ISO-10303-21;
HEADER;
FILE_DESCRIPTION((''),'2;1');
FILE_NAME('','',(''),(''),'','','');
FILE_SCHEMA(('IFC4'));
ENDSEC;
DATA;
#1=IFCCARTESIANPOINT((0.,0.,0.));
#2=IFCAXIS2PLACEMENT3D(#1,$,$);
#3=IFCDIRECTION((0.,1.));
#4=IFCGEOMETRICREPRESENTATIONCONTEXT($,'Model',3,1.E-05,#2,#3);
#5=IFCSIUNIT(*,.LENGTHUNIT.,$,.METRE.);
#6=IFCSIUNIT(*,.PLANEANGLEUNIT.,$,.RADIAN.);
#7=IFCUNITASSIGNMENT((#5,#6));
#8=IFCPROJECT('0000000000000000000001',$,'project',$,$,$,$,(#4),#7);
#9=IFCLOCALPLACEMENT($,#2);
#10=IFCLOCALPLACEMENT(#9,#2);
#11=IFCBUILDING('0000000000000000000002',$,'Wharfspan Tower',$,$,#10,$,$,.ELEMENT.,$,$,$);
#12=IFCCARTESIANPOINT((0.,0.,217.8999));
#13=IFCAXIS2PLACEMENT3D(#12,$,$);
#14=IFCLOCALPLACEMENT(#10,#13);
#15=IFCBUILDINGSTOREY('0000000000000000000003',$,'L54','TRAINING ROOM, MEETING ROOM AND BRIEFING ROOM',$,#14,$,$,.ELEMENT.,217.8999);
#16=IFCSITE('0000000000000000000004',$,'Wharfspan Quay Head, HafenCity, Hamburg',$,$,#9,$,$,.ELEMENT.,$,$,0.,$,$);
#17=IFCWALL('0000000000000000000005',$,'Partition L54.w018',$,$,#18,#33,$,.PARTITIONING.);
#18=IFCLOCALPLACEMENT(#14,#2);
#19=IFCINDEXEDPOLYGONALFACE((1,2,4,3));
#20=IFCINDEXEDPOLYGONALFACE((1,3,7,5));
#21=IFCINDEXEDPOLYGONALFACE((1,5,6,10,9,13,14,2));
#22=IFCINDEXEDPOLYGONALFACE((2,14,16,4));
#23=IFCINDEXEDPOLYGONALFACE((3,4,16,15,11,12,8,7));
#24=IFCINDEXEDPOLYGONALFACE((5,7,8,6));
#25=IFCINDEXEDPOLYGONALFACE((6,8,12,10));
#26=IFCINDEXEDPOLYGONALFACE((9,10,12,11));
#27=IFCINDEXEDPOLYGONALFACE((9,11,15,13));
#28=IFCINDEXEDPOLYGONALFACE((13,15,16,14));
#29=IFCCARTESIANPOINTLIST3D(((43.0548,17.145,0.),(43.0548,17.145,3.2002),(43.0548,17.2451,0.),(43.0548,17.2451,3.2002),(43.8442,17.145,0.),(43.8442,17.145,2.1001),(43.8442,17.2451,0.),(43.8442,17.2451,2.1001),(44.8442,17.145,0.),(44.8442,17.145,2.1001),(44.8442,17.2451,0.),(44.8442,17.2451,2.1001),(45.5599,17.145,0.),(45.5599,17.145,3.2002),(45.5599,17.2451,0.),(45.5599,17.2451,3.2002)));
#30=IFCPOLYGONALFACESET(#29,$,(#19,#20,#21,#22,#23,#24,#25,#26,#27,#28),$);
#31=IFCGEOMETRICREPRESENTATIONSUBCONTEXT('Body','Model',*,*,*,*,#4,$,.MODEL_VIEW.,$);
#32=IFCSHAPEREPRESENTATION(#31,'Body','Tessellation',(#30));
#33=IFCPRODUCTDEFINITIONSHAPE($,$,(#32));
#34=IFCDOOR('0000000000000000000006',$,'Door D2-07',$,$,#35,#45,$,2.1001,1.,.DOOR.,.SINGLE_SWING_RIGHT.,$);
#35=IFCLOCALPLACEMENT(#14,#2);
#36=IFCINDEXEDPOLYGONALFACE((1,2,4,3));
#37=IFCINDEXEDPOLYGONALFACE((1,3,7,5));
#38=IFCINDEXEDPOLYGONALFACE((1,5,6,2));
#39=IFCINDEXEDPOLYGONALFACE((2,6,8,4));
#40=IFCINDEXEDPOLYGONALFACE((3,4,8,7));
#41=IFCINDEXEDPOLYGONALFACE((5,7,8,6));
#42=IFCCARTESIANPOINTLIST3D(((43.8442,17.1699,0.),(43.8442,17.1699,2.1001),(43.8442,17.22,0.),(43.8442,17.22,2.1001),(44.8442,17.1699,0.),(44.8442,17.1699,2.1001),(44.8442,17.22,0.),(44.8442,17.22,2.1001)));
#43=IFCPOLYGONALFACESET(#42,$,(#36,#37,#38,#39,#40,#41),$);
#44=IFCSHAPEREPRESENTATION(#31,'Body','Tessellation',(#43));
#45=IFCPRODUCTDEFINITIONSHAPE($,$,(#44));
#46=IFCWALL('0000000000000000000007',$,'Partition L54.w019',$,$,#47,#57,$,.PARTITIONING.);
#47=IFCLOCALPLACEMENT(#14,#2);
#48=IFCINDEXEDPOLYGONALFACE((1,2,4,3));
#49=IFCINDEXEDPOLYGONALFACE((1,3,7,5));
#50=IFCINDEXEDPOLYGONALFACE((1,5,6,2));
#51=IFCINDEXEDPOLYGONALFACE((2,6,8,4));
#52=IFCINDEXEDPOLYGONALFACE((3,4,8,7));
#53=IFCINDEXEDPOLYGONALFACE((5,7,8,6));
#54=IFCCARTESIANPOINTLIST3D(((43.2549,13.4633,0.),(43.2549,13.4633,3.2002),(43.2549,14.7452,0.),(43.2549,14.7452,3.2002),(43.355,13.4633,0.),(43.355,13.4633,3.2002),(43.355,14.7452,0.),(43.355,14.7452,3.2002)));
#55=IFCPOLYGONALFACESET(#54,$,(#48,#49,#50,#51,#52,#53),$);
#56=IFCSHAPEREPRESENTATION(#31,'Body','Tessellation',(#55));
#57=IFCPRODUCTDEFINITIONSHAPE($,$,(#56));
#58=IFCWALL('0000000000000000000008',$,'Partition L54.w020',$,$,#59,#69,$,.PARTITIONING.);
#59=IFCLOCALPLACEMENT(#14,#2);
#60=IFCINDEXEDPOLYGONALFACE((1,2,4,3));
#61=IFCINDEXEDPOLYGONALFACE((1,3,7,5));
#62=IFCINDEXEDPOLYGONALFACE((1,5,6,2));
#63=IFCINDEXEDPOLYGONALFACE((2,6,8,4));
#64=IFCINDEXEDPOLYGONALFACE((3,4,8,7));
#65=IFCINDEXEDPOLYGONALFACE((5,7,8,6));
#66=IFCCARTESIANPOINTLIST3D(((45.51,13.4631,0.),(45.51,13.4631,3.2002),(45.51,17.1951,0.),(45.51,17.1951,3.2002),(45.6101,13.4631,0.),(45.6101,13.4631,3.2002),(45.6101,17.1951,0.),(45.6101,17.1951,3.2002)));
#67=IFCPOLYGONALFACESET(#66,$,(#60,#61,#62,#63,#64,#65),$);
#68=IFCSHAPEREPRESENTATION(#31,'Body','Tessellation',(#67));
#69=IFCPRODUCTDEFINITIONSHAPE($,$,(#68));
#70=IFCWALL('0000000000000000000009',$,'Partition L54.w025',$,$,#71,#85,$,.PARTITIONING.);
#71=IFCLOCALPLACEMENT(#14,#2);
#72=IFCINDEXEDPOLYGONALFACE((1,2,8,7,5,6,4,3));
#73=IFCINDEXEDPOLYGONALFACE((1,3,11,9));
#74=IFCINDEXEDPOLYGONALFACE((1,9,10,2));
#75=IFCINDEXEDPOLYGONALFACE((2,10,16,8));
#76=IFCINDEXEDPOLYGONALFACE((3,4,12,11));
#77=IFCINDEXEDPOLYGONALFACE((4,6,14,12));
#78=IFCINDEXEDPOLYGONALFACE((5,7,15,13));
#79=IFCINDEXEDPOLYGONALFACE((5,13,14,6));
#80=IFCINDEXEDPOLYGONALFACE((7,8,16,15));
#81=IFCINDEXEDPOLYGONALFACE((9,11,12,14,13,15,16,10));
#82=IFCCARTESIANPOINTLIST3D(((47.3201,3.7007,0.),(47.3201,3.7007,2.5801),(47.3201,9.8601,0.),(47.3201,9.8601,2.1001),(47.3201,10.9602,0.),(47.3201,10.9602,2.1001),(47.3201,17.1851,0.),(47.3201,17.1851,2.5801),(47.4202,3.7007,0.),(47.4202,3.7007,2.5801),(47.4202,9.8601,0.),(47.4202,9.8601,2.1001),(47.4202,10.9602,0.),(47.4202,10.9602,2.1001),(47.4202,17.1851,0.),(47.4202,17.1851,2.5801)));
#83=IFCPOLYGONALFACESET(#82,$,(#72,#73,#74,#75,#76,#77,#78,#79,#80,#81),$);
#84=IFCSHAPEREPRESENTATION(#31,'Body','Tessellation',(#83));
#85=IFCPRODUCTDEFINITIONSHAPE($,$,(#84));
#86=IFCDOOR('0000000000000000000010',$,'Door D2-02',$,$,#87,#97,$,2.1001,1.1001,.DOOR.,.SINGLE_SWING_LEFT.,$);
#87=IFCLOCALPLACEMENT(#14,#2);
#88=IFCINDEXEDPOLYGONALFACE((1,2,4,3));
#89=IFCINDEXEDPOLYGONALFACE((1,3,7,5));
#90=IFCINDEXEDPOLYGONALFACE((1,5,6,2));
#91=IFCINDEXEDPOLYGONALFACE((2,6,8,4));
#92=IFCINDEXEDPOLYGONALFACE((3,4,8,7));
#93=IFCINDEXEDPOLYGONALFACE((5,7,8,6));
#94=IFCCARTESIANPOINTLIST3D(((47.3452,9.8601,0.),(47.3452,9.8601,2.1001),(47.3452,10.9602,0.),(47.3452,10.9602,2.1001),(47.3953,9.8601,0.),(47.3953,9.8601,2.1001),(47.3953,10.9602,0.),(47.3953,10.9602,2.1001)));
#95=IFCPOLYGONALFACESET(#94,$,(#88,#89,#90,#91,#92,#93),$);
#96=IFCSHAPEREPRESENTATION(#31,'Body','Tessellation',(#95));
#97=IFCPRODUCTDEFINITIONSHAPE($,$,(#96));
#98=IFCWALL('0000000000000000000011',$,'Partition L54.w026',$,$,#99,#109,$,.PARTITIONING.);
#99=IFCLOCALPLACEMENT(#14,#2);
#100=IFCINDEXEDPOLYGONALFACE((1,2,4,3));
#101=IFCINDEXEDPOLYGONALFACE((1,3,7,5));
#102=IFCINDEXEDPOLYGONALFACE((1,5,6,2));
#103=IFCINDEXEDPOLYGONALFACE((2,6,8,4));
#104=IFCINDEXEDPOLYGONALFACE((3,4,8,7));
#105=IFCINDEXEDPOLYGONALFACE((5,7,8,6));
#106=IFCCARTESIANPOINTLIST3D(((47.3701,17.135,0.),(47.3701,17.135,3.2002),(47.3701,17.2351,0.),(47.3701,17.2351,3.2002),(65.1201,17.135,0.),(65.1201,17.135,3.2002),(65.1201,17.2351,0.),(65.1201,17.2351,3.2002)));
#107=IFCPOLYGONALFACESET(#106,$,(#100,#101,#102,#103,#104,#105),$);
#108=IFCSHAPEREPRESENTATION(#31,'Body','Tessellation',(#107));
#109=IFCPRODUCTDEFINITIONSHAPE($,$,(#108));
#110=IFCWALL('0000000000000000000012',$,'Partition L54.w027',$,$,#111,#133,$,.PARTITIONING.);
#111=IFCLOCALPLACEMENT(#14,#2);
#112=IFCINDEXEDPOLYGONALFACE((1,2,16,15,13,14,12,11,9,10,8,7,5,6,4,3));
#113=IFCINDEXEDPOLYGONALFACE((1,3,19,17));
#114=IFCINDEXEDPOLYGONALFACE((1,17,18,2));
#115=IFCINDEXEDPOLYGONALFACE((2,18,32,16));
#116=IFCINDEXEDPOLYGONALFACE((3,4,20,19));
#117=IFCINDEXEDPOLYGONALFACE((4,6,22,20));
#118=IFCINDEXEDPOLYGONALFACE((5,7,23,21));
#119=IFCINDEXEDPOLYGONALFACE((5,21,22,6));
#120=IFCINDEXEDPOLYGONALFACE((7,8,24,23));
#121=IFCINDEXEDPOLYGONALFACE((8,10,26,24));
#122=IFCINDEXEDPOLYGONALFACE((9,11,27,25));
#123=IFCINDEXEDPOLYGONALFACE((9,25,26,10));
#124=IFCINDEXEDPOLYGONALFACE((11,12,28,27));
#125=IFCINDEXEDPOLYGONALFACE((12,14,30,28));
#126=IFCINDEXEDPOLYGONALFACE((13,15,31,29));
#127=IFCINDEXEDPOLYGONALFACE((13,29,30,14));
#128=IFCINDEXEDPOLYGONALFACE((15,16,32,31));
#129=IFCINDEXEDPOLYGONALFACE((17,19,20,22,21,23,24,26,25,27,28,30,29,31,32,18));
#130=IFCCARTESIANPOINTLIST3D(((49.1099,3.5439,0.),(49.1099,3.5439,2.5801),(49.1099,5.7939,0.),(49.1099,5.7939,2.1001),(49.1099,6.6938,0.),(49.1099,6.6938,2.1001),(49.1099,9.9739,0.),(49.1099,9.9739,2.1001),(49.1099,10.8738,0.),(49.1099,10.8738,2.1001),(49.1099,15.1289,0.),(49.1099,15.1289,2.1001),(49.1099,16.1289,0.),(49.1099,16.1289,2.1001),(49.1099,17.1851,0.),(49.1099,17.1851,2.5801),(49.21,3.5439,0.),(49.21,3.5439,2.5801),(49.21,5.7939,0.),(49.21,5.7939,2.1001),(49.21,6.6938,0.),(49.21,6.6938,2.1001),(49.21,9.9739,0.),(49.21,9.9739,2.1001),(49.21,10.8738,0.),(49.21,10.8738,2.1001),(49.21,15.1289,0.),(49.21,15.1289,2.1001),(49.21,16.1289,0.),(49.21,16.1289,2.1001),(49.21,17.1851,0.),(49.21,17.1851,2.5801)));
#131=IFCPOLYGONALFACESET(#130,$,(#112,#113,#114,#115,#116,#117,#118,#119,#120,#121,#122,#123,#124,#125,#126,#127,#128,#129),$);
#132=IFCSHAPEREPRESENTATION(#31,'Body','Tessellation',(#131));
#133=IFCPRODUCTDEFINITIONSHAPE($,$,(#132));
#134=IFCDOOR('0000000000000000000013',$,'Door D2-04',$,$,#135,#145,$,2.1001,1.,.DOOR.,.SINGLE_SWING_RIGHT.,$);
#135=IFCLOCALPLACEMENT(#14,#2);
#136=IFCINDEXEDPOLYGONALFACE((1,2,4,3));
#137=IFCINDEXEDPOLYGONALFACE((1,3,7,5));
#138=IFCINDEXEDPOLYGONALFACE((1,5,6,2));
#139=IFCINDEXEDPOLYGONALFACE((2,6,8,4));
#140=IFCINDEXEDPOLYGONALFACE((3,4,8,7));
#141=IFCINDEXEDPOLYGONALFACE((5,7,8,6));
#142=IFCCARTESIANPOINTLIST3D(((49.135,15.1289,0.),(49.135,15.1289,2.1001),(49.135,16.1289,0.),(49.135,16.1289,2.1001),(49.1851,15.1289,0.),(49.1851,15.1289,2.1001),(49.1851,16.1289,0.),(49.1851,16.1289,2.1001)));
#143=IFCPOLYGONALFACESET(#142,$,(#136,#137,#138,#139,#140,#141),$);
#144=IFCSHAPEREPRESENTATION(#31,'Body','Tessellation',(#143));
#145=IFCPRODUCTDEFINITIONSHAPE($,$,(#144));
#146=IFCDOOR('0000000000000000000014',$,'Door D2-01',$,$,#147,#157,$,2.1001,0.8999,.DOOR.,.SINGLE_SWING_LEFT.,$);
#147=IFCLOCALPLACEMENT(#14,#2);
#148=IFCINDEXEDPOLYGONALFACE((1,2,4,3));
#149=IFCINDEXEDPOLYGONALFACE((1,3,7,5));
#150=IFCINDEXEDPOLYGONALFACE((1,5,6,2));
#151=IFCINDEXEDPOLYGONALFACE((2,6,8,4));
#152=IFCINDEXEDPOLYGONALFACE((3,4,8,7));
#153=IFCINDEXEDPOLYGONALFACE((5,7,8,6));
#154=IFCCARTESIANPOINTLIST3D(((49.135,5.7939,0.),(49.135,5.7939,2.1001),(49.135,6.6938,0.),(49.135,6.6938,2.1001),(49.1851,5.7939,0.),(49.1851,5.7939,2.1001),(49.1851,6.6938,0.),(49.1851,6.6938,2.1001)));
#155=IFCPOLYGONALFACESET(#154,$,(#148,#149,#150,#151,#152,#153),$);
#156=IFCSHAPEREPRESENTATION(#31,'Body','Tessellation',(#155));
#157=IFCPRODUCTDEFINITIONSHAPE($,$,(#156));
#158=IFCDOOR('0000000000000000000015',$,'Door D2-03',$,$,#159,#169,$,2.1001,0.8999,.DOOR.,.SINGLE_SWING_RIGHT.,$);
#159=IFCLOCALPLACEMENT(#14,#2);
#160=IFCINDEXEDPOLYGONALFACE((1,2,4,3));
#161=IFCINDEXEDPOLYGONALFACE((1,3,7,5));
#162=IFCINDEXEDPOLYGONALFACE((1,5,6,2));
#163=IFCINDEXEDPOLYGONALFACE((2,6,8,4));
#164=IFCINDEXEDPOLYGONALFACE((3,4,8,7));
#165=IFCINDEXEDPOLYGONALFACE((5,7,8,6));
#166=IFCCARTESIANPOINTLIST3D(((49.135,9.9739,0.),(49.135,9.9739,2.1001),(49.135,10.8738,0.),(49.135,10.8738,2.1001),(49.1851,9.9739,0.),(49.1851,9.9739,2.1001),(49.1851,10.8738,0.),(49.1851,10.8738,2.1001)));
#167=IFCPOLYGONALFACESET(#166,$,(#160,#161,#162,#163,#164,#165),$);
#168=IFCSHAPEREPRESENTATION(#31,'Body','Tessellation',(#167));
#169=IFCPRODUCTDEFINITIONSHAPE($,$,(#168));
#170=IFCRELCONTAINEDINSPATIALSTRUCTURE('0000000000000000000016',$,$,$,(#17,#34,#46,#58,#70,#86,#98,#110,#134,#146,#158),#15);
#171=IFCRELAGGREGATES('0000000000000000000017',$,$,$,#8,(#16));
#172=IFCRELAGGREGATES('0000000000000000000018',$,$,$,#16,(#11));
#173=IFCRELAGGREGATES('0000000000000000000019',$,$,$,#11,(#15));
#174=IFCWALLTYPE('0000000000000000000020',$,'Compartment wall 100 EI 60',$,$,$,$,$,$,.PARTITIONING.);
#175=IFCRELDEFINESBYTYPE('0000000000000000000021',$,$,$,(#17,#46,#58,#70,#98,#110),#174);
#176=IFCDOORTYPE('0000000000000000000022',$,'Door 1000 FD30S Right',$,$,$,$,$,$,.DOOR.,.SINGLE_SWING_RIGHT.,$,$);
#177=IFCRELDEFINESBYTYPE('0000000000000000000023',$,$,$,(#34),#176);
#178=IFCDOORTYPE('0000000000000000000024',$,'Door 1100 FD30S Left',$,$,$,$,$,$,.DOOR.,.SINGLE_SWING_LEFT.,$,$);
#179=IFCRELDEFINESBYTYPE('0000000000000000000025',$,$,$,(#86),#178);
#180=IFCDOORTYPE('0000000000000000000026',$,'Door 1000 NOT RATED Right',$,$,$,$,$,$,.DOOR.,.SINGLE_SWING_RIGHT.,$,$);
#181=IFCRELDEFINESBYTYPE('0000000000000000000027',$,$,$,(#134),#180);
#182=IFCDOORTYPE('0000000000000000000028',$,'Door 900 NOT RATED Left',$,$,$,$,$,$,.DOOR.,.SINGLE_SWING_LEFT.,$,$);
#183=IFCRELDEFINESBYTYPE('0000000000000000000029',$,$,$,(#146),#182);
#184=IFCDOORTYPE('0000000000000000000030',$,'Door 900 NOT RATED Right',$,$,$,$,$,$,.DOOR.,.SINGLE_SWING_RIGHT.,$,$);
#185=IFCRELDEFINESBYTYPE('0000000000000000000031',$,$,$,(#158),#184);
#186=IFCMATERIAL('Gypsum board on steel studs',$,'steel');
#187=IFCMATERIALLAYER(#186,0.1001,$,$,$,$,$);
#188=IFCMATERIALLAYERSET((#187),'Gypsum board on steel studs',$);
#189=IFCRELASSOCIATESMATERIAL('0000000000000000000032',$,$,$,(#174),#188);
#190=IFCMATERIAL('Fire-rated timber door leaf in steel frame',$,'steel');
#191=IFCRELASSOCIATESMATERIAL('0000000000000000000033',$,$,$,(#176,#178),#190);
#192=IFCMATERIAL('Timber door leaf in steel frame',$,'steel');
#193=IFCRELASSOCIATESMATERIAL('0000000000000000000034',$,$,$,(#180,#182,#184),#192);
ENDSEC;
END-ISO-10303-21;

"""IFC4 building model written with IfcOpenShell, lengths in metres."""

from ifc_helpers import new_model, si_unit, direction, frame, frame_2d, origin, place, context, subcontext, project, spatial, rectangle, extrude, material, layer, layer_set, type_object, element, fill, save


model = new_model("IFC4")

# Units and contexts
model_context = context("Model", 3, precision=1e-05, world=origin(), true_north=direction((0.0, 1.0)))
body_context = subcontext(model_context, "Body", "Model", "MODEL_VIEW")
ifc_project = project(units=[si_unit("LENGTHUNIT", "METRE"), si_unit("PLANEANGLEUNIT", "RADIAN")], contexts=[model_context])

# Site, building, storey
site_placement = place(None, origin())
site = spatial("IfcSite", under=ifc_project, at=site_placement, Name="Wharfspan Quay Head, HafenCity, Hamburg", CompositionType="ELEMENT", RefElevation=0.0)
building_placement = place(site_placement, origin())
building = spatial("IfcBuilding", under=site, at=building_placement, Name="Wharfspan Tower", CompositionType="ELEMENT")
storey_placement = place(building_placement, frame((0.0, 0.0, 217.8999)))
storey = spatial("IfcBuildingStorey", under=building, at=storey_placement, Name="L54", Description="TRAINING ROOM, MEETING ROOM AND BRIEFING ROOM", CompositionType="ELEMENT", Elevation=217.8999)

# Shared definitions
ifc_material_1 = material(Name="Gypsum board on steel studs", Category="steel")
ifc_layer_1 = layer(ifc_material_1, 0.1001)
ifc_layer_set_1 = layer_set([ifc_layer_1], Name="Gypsum board on steel studs")
wall_type_1 = type_object("IfcWallType", Name="Compartment wall 100 EI 60", PredefinedType="PARTITIONING", material=ifc_layer_set_1)

# Wall, opening, door
wall_1_placement = place(storey_placement, frame((43.0549, 17.1951, 0.0), z_axis=(0.0, 0.0, 1.0), x_axis=(1.0, 0.0, 0.0)))
wall_1 = element("IfcWall", 1, at=wall_1_placement, inside=storey, type_object=wall_type_1, Name="Partition L54.w018", PredefinedType="PARTITIONING", context=body_context, shape_type="SweptSolid", body=[
    extrude(rectangle(XDim=2.5051, YDim=0.1001, at=frame_2d((1.2524, 0.0))), origin(), (0.0, 0.0, 1.0), 3.2002),
])
opening_1_placement = place(wall_1_placement, frame((0.7893, 0.0, 0.0)))
opening_1 = element("IfcOpeningElement", 2, at=opening_1_placement, cuts=wall_1, PredefinedType="OPENING", context=body_context, shape_type="SweptSolid", body=[
    extrude(rectangle(XDim=1.0, YDim=2.1001, at=frame_2d((0.5, 1.05))), frame((0.0, 0.0601, 0.0), z_axis=(0.0, -1.0, 0.0), x_axis=(1.0, 0.0, 0.0)), (0.0, 0.0, 1.0), 0.1201),
])
ifc_material_2 = material(Name="Fire-rated timber door leaf in steel frame", Category="steel")
door_type_1 = type_object("IfcDoorType", Name="Door 1000 FD30S Right", OperationType="SINGLE_SWING_RIGHT", PredefinedType="DOOR", material=ifc_material_2)
door_1_placement = place(opening_1_placement, origin())
door_1 = element("IfcDoor", 3, at=door_1_placement, inside=storey, type_object=door_type_1, Name="Door D2-07", OperationType="SINGLE_SWING_RIGHT", OverallHeight=2.1001, OverallWidth=1.0, PredefinedType="DOOR", context=body_context, shape_type="SweptSolid", body=[
    extrude(rectangle(XDim=1.0, YDim=2.1001, at=frame_2d((0.5, 1.05))), frame((0.0, 0.0249, 0.0), z_axis=(0.0, -1.0, 0.0), x_axis=(1.0, 0.0, 0.0)), (0.0, 0.0, 1.0), 0.05),
])
fill(opening_1, door_1)

# Walls
wall_2_placement = place(storey_placement, frame((43.3049, 13.4631, 0.0), z_axis=(0.0, 0.0, 1.0), x_axis=(0.0, 1.0, 0.0)))
element("IfcWall", 4, at=wall_2_placement, inside=storey, type_object=wall_type_1, Name="Partition L54.w019", PredefinedType="PARTITIONING", context=body_context, shape_type="SweptSolid", body=[
    extrude(rectangle(XDim=1.282, YDim=0.1001, at=frame_2d((0.6411, 0.0))), origin(), (0.0, 0.0, 1.0), 3.2002),
])
wall_3_placement = place(storey_placement, frame((45.5601, 13.4631, 0.0), z_axis=(0.0, 0.0, 1.0), x_axis=(0.0, 1.0, 0.0)))
element("IfcWall", 5, at=wall_3_placement, inside=storey, type_object=wall_type_1, Name="Partition L54.w020", PredefinedType="PARTITIONING", context=body_context, shape_type="SweptSolid", body=[
    extrude(rectangle(XDim=3.7319, YDim=0.1001, at=frame_2d((1.866, 0.0))), origin(), (0.0, 0.0, 1.0), 3.2002),
])

# Wall, opening, door
wall_4_placement = place(storey_placement, frame((47.3701, 3.7007, 0.0), z_axis=(0.0, 0.0, 1.0), x_axis=(0.0, 1.0, 0.0)))
wall_4 = element("IfcWall", 6, at=wall_4_placement, inside=storey, type_object=wall_type_1, Name="Partition L54.w025", PredefinedType="PARTITIONING", context=body_context, shape_type="SweptSolid", body=[
    extrude(rectangle(XDim=13.4844, YDim=0.1001, at=frame_2d((6.7422, 0.0))), origin(), (0.0, 0.0, 1.0), 2.5801),
])
opening_2_placement = place(wall_4_placement, frame((6.1594, 0.0, 0.0)))
opening_2 = element("IfcOpeningElement", 7, at=opening_2_placement, cuts=wall_4, PredefinedType="OPENING", context=body_context, shape_type="SweptSolid", body=[
    extrude(rectangle(XDim=1.1001, YDim=2.1001, at=frame_2d((0.55, 1.05))), frame((0.0, 0.0601, 0.0), z_axis=(0.0, -1.0, 0.0), x_axis=(1.0, 0.0, 0.0)), (0.0, 0.0, 1.0), 0.1201),
])
door_type_2 = type_object("IfcDoorType", Name="Door 1100 FD30S Left", OperationType="SINGLE_SWING_LEFT", PredefinedType="DOOR", material=ifc_material_2)
door_2_placement = place(opening_2_placement, origin())
door_2 = element("IfcDoor", 8, at=door_2_placement, inside=storey, type_object=door_type_2, Name="Door D2-02", OperationType="SINGLE_SWING_LEFT", OverallHeight=2.1001, OverallWidth=1.1001, PredefinedType="DOOR", context=body_context, shape_type="SweptSolid", body=[
    extrude(rectangle(XDim=1.1001, YDim=2.1001, at=frame_2d((0.55, 1.05))), frame((0.0, 0.0249, 0.0), z_axis=(0.0, -1.0, 0.0), x_axis=(1.0, 0.0, 0.0)), (0.0, 0.0, 1.0), 0.05),
])
fill(opening_2, door_2)

# Wall
wall_5_placement = place(storey_placement, frame((47.3701, 17.1851, 0.0), z_axis=(0.0, 0.0, 1.0), x_axis=(1.0, 0.0, 0.0)))
element("IfcWall", 9, at=wall_5_placement, inside=storey, type_object=wall_type_1, Name="Partition L54.w026", PredefinedType="PARTITIONING", context=body_context, shape_type="SweptSolid", body=[
    extrude(rectangle(XDim=17.75, YDim=0.1001, at=frame_2d((8.875, 0.0))), origin(), (0.0, 0.0, 1.0), 3.2002),
])

# Wall, openings, doors
wall_6_placement = place(storey_placement, frame((49.1599, 3.5439, 0.0), z_axis=(0.0, 0.0, 1.0), x_axis=(0.0, 1.0, 0.0)))
wall_6 = element("IfcWall", 10, at=wall_6_placement, inside=storey, type_object=wall_type_1, Name="Partition L54.w027", PredefinedType="PARTITIONING", context=body_context, shape_type="SweptSolid", body=[
    extrude(rectangle(XDim=13.6411, YDim=0.1001, at=frame_2d((6.8206, 0.0))), origin(), (0.0, 0.0, 1.0), 2.5801),
])
opening_3_placement = place(wall_6_placement, frame((2.25, 0.0, 0.0)))
opening_3 = element("IfcOpeningElement", 11, at=opening_3_placement, cuts=wall_6, PredefinedType="OPENING", context=body_context, shape_type="SweptSolid", body=[
    extrude(rectangle(XDim=0.8999, YDim=2.1001, at=frame_2d((0.45, 1.05))), frame((0.0, 0.0601, 0.0), z_axis=(0.0, -1.0, 0.0), x_axis=(1.0, 0.0, 0.0)), (0.0, 0.0, 1.0), 0.1201),
])
opening_4_placement = place(wall_6_placement, frame((6.4299, 0.0, 0.0)))
opening_4 = element("IfcOpeningElement", 12, at=opening_4_placement, cuts=wall_6, PredefinedType="OPENING", context=body_context, shape_type="SweptSolid", body=[
    extrude(rectangle(XDim=0.8999, YDim=2.1001, at=frame_2d((0.45, 1.05))), frame((0.0, 0.0601, 0.0), z_axis=(0.0, -1.0, 0.0), x_axis=(1.0, 0.0, 0.0)), (0.0, 0.0, 1.0), 0.1201),
])
opening_5_placement = place(wall_6_placement, frame((11.585, 0.0, 0.0)))
opening_5 = element("IfcOpeningElement", 13, at=opening_5_placement, cuts=wall_6, PredefinedType="OPENING", context=body_context, shape_type="SweptSolid", body=[
    extrude(rectangle(XDim=1.0, YDim=2.1001, at=frame_2d((0.5, 1.05))), frame((0.0, 0.0601, 0.0), z_axis=(0.0, -1.0, 0.0), x_axis=(1.0, 0.0, 0.0)), (0.0, 0.0, 1.0), 0.1201),
])
ifc_material_3 = material(Name="Timber door leaf in steel frame", Category="steel")
door_type_3 = type_object("IfcDoorType", Name="Door 1000 NOT RATED Right", OperationType="SINGLE_SWING_RIGHT", PredefinedType="DOOR", material=ifc_material_3)
door_3_placement = place(opening_5_placement, origin())
door_3 = element("IfcDoor", 14, at=door_3_placement, inside=storey, type_object=door_type_3, Name="Door D2-04", OperationType="SINGLE_SWING_RIGHT", OverallHeight=2.1001, OverallWidth=1.0, PredefinedType="DOOR", context=body_context, shape_type="SweptSolid", body=[
    extrude(rectangle(XDim=1.0, YDim=2.1001, at=frame_2d((0.5, 1.05))), frame((0.0, 0.0249, 0.0), z_axis=(0.0, -1.0, 0.0), x_axis=(1.0, 0.0, 0.0)), (0.0, 0.0, 1.0), 0.05),
])
fill(opening_5, door_3)
door_type_4 = type_object("IfcDoorType", Name="Door 900 NOT RATED Left", OperationType="SINGLE_SWING_LEFT", PredefinedType="DOOR", material=ifc_material_3)
door_4_placement = place(opening_3_placement, origin())
door_4 = element("IfcDoor", 15, at=door_4_placement, inside=storey, type_object=door_type_4, Name="Door D2-01", OperationType="SINGLE_SWING_LEFT", OverallHeight=2.1001, OverallWidth=0.8999, PredefinedType="DOOR", context=body_context, shape_type="SweptSolid", body=[
    extrude(rectangle(XDim=0.8999, YDim=2.1001, at=frame_2d((0.45, 1.05))), frame((0.0, 0.0249, 0.0), z_axis=(0.0, -1.0, 0.0), x_axis=(1.0, 0.0, 0.0)), (0.0, 0.0, 1.0), 0.05),
])
fill(opening_3, door_4)
door_type_5 = type_object("IfcDoorType", Name="Door 900 NOT RATED Right", OperationType="SINGLE_SWING_RIGHT", PredefinedType="DOOR", material=ifc_material_3)
door_5_placement = place(opening_4_placement, origin())
door_5 = element("IfcDoor", 16, at=door_5_placement, inside=storey, type_object=door_type_5, Name="Door D2-03", OperationType="SINGLE_SWING_RIGHT", OverallHeight=2.1001, OverallWidth=0.8999, PredefinedType="DOOR", context=body_context, shape_type="SweptSolid", body=[
    extrude(rectangle(XDim=0.8999, YDim=2.1001, at=frame_2d((0.45, 1.05))), frame((0.0, 0.0249, 0.0), z_axis=(0.0, -1.0, 0.0), x_axis=(1.0, 0.0, 0.0)), (0.0, 0.0, 1.0), 0.05),
])
fill(opening_4, door_5)

save(model, "model.ifc")
